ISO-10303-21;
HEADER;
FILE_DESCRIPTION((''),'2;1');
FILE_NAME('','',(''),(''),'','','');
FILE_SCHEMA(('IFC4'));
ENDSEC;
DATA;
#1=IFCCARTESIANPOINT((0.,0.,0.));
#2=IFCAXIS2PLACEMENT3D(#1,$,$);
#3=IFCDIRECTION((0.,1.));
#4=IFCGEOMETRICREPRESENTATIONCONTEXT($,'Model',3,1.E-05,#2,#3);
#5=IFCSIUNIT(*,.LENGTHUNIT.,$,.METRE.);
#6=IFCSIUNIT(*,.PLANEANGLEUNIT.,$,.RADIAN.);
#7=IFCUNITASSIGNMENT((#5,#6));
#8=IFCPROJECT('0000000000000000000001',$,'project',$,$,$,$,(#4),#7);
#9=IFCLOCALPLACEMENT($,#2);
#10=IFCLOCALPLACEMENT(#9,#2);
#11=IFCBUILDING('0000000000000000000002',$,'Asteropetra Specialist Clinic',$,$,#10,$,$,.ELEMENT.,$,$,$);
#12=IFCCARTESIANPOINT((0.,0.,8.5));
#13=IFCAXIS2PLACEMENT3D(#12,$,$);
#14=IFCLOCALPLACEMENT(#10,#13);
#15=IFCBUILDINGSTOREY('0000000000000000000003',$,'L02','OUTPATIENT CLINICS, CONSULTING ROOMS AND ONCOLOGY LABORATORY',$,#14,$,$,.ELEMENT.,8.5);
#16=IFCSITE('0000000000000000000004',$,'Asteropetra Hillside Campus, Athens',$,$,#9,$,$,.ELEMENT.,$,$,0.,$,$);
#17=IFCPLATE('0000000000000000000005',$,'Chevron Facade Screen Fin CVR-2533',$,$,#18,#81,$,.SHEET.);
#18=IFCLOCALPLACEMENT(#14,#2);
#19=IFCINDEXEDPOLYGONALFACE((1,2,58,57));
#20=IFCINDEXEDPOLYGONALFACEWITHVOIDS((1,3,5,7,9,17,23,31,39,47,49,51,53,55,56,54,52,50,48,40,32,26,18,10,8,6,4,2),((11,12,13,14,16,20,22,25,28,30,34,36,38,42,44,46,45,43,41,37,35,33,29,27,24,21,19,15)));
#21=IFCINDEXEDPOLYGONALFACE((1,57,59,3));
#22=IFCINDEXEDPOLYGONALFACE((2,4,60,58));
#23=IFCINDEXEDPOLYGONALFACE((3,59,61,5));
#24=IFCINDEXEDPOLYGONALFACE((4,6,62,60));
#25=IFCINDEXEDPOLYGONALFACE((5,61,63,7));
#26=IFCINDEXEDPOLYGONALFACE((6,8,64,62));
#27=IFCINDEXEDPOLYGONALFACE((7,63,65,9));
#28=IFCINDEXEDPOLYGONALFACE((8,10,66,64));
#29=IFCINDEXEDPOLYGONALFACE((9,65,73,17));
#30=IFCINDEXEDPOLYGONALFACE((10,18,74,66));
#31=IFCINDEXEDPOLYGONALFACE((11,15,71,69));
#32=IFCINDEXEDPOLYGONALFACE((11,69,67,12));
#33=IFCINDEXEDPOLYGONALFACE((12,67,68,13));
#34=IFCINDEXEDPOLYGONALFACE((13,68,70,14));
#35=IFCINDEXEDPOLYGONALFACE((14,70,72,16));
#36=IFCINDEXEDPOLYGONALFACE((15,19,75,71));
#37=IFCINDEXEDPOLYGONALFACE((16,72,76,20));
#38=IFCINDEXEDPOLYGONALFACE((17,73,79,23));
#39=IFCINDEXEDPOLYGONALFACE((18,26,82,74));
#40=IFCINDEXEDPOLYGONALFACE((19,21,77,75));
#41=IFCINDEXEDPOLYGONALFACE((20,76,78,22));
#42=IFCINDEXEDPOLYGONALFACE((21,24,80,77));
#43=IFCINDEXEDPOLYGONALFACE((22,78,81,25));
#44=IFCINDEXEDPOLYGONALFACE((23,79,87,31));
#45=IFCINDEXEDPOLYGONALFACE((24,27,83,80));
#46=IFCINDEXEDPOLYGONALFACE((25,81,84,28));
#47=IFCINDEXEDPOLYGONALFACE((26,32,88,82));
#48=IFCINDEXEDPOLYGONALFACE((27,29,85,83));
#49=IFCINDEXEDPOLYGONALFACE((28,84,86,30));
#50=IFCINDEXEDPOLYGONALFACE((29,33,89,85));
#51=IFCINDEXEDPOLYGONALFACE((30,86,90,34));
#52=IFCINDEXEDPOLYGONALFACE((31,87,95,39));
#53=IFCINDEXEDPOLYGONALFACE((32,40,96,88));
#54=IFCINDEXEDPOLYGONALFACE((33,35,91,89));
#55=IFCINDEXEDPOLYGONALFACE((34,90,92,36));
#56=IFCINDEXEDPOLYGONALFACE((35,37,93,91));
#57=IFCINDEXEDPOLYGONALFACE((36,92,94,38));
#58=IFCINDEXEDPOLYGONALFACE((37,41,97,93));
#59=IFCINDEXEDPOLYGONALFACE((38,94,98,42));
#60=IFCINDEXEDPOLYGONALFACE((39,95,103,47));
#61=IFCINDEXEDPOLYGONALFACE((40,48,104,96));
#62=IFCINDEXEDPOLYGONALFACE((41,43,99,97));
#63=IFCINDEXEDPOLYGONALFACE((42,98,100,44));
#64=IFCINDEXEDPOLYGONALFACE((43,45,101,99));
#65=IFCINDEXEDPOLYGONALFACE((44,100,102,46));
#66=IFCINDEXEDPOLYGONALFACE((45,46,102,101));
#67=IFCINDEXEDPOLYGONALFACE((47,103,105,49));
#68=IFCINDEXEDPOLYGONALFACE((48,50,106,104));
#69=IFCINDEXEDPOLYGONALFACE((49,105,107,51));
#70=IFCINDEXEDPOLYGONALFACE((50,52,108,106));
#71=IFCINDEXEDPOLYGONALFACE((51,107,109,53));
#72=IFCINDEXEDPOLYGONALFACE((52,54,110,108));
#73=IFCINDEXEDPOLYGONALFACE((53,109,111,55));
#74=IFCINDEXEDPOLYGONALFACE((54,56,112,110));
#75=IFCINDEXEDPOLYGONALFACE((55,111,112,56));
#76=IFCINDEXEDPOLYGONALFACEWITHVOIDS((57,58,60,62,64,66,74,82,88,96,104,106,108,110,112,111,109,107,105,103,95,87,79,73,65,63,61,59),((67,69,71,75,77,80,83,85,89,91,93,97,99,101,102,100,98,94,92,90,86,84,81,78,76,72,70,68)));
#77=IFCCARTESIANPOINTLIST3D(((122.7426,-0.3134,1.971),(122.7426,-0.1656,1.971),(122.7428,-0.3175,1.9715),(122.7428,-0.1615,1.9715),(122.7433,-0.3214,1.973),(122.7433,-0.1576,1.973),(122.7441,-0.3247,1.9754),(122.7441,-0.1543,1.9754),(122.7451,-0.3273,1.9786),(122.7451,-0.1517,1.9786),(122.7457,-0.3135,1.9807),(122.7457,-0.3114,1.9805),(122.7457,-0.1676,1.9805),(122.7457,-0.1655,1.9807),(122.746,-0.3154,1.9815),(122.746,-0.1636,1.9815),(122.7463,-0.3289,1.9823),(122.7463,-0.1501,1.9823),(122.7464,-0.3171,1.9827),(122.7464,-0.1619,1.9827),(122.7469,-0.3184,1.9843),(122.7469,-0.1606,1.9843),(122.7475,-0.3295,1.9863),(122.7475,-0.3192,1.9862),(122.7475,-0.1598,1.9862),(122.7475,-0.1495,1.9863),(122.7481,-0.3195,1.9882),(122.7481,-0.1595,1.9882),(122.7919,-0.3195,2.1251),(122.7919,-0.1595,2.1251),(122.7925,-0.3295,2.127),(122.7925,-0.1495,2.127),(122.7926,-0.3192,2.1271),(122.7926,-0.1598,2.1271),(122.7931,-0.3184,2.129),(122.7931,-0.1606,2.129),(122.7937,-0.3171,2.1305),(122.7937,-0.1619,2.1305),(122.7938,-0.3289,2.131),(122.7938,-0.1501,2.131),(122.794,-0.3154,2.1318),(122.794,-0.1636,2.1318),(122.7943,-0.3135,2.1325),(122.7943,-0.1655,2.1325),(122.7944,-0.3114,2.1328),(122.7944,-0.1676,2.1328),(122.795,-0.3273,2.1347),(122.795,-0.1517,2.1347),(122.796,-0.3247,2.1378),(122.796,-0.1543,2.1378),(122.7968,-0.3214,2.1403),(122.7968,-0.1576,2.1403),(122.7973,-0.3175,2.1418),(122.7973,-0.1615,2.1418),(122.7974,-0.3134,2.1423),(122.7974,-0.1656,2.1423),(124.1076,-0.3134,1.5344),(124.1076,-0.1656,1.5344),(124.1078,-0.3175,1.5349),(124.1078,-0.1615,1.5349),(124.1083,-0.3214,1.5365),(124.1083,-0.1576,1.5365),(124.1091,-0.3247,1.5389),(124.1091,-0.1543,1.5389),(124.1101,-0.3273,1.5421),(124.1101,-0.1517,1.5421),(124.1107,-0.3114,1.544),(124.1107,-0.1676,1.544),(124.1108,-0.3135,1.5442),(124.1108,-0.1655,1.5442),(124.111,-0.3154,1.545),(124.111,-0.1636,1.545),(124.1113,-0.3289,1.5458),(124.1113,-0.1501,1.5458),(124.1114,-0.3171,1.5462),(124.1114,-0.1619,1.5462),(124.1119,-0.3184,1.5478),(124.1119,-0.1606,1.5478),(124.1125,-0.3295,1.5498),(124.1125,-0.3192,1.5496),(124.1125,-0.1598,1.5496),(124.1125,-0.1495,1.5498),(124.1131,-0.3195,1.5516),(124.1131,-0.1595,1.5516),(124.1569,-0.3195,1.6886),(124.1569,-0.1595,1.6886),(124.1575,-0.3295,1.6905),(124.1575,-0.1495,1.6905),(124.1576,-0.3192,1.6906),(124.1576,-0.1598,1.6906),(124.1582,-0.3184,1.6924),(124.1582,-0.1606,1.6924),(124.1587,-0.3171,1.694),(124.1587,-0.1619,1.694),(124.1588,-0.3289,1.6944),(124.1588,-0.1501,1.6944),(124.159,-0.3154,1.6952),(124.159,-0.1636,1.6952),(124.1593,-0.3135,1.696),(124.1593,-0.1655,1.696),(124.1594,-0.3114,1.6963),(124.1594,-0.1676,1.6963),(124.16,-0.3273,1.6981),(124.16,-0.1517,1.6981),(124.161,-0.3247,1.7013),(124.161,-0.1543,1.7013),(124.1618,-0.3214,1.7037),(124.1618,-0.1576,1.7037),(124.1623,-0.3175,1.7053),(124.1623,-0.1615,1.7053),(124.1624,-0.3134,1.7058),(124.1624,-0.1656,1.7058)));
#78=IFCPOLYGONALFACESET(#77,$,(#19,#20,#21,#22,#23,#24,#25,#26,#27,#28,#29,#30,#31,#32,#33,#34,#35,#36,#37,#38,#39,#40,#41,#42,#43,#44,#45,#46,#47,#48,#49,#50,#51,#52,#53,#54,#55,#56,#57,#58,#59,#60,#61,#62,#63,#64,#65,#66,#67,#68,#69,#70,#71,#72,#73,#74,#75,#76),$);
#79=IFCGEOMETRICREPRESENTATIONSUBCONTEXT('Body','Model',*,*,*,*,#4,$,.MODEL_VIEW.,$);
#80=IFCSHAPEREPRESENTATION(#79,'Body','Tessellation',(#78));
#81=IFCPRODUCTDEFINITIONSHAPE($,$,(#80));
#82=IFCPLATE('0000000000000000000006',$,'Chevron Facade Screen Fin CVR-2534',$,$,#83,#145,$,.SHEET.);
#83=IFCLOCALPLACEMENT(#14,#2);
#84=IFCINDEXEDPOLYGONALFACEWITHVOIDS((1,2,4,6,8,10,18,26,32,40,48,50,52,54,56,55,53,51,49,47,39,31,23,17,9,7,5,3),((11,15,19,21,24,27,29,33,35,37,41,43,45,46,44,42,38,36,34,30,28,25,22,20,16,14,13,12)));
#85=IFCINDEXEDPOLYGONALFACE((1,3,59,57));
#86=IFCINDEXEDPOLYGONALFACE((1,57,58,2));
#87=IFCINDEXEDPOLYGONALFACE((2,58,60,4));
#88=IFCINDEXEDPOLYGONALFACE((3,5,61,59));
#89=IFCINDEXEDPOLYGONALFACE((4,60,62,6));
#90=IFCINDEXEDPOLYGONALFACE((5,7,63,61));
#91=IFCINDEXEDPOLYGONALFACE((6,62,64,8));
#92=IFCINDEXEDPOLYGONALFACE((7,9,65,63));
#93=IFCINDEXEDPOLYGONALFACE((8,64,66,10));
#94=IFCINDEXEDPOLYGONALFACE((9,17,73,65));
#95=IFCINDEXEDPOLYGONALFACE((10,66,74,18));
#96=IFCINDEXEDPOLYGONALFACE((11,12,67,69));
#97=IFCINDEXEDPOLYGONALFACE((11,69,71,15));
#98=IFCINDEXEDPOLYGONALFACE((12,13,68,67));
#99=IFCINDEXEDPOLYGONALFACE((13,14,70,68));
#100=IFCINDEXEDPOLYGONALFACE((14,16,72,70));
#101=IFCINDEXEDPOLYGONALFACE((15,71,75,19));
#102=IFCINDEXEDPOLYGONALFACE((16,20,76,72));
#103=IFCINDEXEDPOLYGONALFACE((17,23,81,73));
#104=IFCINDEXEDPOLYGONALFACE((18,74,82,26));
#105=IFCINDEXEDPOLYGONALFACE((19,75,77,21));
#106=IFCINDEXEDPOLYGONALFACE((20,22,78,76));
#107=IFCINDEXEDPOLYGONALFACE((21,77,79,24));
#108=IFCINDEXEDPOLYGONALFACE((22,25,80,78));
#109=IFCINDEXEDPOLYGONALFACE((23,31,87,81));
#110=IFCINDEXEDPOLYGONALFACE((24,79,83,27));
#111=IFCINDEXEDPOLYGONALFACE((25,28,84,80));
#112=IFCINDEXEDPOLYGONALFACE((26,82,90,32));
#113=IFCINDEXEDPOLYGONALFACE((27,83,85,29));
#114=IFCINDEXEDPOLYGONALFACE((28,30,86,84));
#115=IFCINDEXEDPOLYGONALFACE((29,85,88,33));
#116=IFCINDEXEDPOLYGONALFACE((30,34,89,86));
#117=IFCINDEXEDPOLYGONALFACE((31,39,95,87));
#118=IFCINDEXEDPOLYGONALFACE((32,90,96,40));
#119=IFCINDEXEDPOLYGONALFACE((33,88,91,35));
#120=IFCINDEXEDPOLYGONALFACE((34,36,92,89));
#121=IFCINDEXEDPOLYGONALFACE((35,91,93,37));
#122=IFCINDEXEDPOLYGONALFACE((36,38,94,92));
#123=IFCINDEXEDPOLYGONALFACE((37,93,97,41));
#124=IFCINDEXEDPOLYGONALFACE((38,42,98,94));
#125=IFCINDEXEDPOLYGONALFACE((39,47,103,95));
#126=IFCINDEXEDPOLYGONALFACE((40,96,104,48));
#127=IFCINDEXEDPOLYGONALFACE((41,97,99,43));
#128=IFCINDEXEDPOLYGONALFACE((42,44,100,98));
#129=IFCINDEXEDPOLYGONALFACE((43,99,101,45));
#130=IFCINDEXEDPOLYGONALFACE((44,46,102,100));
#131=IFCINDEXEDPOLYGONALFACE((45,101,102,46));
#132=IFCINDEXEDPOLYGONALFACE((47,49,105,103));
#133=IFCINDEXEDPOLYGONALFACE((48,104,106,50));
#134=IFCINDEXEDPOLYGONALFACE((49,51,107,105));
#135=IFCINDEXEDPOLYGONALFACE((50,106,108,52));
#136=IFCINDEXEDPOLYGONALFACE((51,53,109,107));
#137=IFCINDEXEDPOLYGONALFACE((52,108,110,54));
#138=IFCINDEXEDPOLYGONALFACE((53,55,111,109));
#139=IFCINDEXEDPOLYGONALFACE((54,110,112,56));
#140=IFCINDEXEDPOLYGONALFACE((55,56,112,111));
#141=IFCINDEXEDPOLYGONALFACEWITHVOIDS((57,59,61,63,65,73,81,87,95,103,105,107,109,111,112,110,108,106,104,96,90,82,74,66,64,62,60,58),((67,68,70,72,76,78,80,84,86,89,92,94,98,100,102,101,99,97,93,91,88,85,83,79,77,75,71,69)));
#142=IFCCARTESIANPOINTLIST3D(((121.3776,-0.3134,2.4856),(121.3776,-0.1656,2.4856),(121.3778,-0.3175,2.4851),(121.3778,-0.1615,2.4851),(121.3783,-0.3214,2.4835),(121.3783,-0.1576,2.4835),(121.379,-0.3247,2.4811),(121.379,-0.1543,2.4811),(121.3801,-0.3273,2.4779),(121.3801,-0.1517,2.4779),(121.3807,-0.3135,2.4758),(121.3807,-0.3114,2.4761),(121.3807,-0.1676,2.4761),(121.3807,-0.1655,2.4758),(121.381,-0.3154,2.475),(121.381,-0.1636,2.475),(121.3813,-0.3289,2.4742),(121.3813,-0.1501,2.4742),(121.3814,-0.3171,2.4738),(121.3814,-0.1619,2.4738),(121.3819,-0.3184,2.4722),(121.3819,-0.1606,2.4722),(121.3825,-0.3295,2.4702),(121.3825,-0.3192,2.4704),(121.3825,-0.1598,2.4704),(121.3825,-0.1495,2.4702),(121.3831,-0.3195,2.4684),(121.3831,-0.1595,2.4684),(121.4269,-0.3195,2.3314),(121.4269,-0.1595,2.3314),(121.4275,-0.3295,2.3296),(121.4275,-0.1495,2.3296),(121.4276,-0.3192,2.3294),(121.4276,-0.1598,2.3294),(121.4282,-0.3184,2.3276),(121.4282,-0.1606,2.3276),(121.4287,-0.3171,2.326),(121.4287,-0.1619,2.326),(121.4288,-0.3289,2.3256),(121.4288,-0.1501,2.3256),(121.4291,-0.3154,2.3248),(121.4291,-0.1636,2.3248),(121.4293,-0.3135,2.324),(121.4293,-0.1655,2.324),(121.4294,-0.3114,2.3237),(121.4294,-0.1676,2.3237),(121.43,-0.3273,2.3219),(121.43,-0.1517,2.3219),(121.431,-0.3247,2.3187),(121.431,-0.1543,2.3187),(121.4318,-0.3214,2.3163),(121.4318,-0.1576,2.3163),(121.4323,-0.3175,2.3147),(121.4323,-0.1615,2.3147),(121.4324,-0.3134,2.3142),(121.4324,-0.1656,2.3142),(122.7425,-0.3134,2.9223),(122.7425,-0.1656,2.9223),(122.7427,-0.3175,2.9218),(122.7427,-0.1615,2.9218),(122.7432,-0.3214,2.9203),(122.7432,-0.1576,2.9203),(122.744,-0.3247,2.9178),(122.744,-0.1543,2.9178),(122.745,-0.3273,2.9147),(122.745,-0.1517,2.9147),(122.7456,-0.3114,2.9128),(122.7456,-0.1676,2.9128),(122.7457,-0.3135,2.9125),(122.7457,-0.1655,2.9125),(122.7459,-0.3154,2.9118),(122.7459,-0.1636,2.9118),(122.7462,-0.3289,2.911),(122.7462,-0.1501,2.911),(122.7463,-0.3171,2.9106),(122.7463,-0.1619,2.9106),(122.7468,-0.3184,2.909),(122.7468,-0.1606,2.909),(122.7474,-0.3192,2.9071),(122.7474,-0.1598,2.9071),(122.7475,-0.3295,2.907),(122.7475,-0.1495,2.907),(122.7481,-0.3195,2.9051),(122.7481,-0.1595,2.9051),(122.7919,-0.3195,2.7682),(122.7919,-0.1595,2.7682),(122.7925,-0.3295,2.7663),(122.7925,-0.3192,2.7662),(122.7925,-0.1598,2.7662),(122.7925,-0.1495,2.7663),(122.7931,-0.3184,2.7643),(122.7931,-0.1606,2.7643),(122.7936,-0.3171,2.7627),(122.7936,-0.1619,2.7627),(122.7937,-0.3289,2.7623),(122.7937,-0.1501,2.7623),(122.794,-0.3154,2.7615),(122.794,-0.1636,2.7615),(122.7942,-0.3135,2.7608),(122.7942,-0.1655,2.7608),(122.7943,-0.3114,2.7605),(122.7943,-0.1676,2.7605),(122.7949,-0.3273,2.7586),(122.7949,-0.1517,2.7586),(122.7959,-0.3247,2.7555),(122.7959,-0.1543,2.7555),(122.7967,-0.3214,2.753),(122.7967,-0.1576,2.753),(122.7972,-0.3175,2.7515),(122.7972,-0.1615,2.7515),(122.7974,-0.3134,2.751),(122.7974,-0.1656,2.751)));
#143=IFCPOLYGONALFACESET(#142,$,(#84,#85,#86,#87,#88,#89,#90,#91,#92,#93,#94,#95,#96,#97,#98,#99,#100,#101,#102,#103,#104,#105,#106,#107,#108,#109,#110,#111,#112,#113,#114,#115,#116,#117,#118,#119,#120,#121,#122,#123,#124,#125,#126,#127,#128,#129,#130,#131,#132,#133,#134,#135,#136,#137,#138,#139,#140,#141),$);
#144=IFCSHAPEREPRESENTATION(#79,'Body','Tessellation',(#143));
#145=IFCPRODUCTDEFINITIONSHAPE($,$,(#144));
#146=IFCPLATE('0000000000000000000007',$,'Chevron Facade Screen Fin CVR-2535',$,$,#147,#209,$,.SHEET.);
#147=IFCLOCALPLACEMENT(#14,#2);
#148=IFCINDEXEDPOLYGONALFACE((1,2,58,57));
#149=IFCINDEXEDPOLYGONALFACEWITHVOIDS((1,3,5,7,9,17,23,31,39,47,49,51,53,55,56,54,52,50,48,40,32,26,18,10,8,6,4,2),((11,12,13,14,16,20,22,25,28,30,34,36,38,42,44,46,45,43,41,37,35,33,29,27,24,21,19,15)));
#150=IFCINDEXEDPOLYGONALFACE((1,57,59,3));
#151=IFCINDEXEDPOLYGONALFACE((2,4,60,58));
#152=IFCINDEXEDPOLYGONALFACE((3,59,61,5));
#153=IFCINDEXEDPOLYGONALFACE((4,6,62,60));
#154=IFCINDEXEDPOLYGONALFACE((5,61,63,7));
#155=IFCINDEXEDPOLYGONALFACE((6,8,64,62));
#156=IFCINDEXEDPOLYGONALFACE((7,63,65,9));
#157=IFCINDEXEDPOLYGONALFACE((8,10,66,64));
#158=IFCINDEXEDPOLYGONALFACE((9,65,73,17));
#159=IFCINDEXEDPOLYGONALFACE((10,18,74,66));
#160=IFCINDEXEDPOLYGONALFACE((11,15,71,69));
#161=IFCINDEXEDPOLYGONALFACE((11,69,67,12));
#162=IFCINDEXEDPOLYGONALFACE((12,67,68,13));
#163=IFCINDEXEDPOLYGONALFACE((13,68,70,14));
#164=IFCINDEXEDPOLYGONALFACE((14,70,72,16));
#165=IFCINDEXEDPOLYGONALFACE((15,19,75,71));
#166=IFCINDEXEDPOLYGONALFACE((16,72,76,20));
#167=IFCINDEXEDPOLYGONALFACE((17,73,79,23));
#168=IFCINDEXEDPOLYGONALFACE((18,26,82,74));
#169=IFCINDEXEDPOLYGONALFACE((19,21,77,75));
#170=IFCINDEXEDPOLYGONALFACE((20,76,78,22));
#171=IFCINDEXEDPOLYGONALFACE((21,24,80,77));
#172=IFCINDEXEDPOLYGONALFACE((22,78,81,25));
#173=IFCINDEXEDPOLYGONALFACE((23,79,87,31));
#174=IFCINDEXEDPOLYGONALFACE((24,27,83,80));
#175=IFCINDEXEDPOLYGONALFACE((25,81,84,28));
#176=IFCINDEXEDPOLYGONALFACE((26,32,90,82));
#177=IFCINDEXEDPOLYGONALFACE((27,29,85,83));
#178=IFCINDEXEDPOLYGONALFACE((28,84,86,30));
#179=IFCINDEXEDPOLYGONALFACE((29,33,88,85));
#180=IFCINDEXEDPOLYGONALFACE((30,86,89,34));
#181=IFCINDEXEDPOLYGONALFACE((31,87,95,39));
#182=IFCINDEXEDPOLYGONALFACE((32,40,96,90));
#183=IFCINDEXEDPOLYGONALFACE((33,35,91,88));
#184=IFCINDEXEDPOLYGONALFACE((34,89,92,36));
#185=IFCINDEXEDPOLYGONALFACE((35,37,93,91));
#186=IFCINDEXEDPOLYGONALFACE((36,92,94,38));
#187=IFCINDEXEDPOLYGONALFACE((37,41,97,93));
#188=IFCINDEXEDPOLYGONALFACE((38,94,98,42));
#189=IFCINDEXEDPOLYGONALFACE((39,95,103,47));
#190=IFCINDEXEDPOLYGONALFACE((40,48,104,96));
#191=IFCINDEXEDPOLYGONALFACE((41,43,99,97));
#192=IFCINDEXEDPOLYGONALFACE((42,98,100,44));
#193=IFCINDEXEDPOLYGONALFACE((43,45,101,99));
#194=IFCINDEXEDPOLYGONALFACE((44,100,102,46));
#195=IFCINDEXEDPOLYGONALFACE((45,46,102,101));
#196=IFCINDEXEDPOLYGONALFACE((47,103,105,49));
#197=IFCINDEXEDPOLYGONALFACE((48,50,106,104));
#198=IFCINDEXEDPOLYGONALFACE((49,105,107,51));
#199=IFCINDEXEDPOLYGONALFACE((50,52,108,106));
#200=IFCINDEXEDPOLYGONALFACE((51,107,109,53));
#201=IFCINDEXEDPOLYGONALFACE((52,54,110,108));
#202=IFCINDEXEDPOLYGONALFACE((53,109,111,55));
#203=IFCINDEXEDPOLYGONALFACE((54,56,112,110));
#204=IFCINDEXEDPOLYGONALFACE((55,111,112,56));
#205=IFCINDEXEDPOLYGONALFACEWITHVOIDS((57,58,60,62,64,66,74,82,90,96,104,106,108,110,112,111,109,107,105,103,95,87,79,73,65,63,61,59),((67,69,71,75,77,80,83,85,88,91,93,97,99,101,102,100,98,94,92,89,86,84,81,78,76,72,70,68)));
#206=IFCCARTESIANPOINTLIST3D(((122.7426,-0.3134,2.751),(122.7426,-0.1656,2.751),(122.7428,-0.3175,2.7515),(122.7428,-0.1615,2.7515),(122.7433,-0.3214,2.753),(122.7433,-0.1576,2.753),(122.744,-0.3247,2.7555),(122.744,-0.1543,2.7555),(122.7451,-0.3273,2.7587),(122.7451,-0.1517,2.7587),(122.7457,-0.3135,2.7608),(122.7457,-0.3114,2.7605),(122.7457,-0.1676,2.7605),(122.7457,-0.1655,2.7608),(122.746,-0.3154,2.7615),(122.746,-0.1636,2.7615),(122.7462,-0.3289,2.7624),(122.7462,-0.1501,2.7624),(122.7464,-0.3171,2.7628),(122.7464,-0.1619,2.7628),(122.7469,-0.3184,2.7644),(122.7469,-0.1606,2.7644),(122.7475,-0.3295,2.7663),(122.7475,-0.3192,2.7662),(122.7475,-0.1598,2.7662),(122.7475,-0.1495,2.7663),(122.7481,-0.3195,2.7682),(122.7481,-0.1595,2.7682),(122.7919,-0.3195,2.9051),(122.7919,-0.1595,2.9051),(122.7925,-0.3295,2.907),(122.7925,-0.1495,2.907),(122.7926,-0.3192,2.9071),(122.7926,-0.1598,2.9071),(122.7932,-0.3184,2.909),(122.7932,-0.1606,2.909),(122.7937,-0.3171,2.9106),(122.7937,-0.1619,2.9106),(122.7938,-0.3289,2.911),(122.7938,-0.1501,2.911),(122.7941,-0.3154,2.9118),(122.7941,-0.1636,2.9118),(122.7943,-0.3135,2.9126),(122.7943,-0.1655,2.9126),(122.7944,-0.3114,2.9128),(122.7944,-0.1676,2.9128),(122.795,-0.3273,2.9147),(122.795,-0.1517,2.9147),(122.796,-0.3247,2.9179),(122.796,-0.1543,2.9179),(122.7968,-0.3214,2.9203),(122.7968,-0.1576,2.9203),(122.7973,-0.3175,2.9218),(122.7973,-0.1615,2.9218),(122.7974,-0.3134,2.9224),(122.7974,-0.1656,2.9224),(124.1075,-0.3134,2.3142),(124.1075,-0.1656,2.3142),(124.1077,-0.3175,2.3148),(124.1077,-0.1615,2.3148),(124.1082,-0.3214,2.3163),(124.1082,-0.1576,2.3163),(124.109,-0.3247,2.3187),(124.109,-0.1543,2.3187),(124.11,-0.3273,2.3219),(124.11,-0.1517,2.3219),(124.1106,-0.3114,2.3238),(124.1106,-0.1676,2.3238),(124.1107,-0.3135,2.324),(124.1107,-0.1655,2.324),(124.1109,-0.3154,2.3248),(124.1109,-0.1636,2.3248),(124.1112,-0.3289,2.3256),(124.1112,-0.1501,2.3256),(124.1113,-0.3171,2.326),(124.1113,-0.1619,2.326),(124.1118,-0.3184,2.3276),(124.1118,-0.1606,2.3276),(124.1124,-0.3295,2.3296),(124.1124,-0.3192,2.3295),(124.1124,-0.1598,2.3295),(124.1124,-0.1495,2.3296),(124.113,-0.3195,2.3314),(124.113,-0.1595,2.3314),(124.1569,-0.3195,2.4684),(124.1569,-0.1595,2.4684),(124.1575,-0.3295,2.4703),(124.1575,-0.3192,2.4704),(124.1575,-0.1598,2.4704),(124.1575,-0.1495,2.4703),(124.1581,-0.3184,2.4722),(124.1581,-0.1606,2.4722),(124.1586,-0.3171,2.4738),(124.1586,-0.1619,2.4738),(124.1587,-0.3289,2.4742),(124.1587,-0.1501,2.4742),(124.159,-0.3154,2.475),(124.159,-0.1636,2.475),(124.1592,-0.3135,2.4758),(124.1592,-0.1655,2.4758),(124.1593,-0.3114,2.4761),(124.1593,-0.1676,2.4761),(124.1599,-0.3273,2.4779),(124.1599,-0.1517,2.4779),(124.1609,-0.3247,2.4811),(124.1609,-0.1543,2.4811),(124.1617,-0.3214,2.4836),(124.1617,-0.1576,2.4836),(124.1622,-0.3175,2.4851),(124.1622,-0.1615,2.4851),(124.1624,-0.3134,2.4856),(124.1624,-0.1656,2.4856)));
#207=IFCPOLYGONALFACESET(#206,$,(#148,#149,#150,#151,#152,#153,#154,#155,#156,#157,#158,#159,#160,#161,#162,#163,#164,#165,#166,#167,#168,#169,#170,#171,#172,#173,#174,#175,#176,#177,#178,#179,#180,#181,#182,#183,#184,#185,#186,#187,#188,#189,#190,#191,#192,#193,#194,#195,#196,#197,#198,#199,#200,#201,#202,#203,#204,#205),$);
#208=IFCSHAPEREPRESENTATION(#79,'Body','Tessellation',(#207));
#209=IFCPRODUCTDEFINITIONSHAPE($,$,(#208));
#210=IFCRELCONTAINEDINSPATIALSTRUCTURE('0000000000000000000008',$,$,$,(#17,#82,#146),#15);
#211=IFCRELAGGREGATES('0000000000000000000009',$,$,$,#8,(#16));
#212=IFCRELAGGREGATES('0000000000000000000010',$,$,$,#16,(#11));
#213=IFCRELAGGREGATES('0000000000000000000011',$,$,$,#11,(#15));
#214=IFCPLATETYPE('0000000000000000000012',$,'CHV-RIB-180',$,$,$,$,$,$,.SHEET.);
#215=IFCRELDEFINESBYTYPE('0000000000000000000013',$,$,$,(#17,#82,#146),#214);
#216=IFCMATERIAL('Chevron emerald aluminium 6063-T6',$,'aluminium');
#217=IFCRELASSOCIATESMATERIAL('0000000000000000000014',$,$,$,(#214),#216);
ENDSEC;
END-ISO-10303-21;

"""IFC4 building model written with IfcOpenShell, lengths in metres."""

from ifc_helpers import new_model, si_unit, direction, frame, origin, origin_2d, place, context, subcontext, project, spatial, hollow_rectangle, extrude, material, material_profile, profile_set, type_object, element, save


model = new_model("IFC4")

# Units and contexts
model_context = context("Model", 3, precision=1e-05, world=origin(), true_north=direction((0.0, 1.0)))
body_context = subcontext(model_context, "Body", "Model", "MODEL_VIEW")
ifc_project = project(units=[si_unit("LENGTHUNIT", "METRE"), si_unit("PLANEANGLEUNIT", "RADIAN")], contexts=[model_context])

# Site, building, storey
site_placement = place(None, origin())
site = spatial("IfcSite", under=ifc_project, at=site_placement, Name="Asteropetra Hillside Campus, Athens", CompositionType="ELEMENT", RefElevation=0.0)
building_placement = place(site_placement, origin())
building = spatial("IfcBuilding", under=site, at=building_placement, Name="Asteropetra Specialist Clinic", CompositionType="ELEMENT")
storey_placement = place(building_placement, frame((0.0, 0.0, 8.5)))
storey = spatial("IfcBuildingStorey", under=building, at=storey_placement, Name="L02", Description="OUTPATIENT CLINICS, CONSULTING ROOMS AND ONCOLOGY LABORATORY", CompositionType="ELEMENT", Elevation=8.5)

# Plates
ifc_material_1 = material(Name="Chevron emerald aluminium 6063-T6", Category="aluminium")
ifc_material_profile = material_profile(ifc_material_1, hollow_rectangle(XDim=0.1799, YDim=0.1799, WallThickness=0.01, InnerFilletRadius=0.0081, OuterFilletRadius=0.0161, at=origin_2d()), Name="SHS 180x180x10.0")
ifc_profile_set = profile_set([ifc_material_profile], Name="Chevron emerald aluminium 6063-T6")
plate_type = type_object("IfcPlateType", Name="CHV-RIB-180", PredefinedType="SHEET", material=ifc_profile_set)
for number, where, z_axis, x_axis, name in (
    (1, (122.77, -0.2395, 2.0566), (0.95248, 0.0, -0.304603), (0.0, 1.0, 0.0), "Chevron Facade Screen Fin CVR-2533"),
    (2, (121.405, -0.2395, 2.3999), (0.95243, 0.0, 0.304757), (0.0, 1.0, 0.0), "Chevron Facade Screen Fin CVR-2534"),
    (3, (122.77, -0.2395, 2.8367), (0.95243, 0.0, -0.304757), (0.0, 1.0, 0.0), "Chevron Facade Screen Fin CVR-2535"),
):
    element("IfcPlate", number, at=place(storey_placement, frame(where, z_axis=z_axis, x_axis=x_axis)), inside=storey, type_object=plate_type, Name=name, PredefinedType="SHEET", context=body_context, shape_type="SweptSolid", body=[
        extrude(hollow_rectangle(XDim=0.1799, YDim=0.1799, WallThickness=0.01, InnerFilletRadius=0.0081, OuterFilletRadius=0.0161, at=origin_2d()), origin(), (0.0, 0.0, 1.0), 1.4331),
    ])

save(model, "model.ifc")
